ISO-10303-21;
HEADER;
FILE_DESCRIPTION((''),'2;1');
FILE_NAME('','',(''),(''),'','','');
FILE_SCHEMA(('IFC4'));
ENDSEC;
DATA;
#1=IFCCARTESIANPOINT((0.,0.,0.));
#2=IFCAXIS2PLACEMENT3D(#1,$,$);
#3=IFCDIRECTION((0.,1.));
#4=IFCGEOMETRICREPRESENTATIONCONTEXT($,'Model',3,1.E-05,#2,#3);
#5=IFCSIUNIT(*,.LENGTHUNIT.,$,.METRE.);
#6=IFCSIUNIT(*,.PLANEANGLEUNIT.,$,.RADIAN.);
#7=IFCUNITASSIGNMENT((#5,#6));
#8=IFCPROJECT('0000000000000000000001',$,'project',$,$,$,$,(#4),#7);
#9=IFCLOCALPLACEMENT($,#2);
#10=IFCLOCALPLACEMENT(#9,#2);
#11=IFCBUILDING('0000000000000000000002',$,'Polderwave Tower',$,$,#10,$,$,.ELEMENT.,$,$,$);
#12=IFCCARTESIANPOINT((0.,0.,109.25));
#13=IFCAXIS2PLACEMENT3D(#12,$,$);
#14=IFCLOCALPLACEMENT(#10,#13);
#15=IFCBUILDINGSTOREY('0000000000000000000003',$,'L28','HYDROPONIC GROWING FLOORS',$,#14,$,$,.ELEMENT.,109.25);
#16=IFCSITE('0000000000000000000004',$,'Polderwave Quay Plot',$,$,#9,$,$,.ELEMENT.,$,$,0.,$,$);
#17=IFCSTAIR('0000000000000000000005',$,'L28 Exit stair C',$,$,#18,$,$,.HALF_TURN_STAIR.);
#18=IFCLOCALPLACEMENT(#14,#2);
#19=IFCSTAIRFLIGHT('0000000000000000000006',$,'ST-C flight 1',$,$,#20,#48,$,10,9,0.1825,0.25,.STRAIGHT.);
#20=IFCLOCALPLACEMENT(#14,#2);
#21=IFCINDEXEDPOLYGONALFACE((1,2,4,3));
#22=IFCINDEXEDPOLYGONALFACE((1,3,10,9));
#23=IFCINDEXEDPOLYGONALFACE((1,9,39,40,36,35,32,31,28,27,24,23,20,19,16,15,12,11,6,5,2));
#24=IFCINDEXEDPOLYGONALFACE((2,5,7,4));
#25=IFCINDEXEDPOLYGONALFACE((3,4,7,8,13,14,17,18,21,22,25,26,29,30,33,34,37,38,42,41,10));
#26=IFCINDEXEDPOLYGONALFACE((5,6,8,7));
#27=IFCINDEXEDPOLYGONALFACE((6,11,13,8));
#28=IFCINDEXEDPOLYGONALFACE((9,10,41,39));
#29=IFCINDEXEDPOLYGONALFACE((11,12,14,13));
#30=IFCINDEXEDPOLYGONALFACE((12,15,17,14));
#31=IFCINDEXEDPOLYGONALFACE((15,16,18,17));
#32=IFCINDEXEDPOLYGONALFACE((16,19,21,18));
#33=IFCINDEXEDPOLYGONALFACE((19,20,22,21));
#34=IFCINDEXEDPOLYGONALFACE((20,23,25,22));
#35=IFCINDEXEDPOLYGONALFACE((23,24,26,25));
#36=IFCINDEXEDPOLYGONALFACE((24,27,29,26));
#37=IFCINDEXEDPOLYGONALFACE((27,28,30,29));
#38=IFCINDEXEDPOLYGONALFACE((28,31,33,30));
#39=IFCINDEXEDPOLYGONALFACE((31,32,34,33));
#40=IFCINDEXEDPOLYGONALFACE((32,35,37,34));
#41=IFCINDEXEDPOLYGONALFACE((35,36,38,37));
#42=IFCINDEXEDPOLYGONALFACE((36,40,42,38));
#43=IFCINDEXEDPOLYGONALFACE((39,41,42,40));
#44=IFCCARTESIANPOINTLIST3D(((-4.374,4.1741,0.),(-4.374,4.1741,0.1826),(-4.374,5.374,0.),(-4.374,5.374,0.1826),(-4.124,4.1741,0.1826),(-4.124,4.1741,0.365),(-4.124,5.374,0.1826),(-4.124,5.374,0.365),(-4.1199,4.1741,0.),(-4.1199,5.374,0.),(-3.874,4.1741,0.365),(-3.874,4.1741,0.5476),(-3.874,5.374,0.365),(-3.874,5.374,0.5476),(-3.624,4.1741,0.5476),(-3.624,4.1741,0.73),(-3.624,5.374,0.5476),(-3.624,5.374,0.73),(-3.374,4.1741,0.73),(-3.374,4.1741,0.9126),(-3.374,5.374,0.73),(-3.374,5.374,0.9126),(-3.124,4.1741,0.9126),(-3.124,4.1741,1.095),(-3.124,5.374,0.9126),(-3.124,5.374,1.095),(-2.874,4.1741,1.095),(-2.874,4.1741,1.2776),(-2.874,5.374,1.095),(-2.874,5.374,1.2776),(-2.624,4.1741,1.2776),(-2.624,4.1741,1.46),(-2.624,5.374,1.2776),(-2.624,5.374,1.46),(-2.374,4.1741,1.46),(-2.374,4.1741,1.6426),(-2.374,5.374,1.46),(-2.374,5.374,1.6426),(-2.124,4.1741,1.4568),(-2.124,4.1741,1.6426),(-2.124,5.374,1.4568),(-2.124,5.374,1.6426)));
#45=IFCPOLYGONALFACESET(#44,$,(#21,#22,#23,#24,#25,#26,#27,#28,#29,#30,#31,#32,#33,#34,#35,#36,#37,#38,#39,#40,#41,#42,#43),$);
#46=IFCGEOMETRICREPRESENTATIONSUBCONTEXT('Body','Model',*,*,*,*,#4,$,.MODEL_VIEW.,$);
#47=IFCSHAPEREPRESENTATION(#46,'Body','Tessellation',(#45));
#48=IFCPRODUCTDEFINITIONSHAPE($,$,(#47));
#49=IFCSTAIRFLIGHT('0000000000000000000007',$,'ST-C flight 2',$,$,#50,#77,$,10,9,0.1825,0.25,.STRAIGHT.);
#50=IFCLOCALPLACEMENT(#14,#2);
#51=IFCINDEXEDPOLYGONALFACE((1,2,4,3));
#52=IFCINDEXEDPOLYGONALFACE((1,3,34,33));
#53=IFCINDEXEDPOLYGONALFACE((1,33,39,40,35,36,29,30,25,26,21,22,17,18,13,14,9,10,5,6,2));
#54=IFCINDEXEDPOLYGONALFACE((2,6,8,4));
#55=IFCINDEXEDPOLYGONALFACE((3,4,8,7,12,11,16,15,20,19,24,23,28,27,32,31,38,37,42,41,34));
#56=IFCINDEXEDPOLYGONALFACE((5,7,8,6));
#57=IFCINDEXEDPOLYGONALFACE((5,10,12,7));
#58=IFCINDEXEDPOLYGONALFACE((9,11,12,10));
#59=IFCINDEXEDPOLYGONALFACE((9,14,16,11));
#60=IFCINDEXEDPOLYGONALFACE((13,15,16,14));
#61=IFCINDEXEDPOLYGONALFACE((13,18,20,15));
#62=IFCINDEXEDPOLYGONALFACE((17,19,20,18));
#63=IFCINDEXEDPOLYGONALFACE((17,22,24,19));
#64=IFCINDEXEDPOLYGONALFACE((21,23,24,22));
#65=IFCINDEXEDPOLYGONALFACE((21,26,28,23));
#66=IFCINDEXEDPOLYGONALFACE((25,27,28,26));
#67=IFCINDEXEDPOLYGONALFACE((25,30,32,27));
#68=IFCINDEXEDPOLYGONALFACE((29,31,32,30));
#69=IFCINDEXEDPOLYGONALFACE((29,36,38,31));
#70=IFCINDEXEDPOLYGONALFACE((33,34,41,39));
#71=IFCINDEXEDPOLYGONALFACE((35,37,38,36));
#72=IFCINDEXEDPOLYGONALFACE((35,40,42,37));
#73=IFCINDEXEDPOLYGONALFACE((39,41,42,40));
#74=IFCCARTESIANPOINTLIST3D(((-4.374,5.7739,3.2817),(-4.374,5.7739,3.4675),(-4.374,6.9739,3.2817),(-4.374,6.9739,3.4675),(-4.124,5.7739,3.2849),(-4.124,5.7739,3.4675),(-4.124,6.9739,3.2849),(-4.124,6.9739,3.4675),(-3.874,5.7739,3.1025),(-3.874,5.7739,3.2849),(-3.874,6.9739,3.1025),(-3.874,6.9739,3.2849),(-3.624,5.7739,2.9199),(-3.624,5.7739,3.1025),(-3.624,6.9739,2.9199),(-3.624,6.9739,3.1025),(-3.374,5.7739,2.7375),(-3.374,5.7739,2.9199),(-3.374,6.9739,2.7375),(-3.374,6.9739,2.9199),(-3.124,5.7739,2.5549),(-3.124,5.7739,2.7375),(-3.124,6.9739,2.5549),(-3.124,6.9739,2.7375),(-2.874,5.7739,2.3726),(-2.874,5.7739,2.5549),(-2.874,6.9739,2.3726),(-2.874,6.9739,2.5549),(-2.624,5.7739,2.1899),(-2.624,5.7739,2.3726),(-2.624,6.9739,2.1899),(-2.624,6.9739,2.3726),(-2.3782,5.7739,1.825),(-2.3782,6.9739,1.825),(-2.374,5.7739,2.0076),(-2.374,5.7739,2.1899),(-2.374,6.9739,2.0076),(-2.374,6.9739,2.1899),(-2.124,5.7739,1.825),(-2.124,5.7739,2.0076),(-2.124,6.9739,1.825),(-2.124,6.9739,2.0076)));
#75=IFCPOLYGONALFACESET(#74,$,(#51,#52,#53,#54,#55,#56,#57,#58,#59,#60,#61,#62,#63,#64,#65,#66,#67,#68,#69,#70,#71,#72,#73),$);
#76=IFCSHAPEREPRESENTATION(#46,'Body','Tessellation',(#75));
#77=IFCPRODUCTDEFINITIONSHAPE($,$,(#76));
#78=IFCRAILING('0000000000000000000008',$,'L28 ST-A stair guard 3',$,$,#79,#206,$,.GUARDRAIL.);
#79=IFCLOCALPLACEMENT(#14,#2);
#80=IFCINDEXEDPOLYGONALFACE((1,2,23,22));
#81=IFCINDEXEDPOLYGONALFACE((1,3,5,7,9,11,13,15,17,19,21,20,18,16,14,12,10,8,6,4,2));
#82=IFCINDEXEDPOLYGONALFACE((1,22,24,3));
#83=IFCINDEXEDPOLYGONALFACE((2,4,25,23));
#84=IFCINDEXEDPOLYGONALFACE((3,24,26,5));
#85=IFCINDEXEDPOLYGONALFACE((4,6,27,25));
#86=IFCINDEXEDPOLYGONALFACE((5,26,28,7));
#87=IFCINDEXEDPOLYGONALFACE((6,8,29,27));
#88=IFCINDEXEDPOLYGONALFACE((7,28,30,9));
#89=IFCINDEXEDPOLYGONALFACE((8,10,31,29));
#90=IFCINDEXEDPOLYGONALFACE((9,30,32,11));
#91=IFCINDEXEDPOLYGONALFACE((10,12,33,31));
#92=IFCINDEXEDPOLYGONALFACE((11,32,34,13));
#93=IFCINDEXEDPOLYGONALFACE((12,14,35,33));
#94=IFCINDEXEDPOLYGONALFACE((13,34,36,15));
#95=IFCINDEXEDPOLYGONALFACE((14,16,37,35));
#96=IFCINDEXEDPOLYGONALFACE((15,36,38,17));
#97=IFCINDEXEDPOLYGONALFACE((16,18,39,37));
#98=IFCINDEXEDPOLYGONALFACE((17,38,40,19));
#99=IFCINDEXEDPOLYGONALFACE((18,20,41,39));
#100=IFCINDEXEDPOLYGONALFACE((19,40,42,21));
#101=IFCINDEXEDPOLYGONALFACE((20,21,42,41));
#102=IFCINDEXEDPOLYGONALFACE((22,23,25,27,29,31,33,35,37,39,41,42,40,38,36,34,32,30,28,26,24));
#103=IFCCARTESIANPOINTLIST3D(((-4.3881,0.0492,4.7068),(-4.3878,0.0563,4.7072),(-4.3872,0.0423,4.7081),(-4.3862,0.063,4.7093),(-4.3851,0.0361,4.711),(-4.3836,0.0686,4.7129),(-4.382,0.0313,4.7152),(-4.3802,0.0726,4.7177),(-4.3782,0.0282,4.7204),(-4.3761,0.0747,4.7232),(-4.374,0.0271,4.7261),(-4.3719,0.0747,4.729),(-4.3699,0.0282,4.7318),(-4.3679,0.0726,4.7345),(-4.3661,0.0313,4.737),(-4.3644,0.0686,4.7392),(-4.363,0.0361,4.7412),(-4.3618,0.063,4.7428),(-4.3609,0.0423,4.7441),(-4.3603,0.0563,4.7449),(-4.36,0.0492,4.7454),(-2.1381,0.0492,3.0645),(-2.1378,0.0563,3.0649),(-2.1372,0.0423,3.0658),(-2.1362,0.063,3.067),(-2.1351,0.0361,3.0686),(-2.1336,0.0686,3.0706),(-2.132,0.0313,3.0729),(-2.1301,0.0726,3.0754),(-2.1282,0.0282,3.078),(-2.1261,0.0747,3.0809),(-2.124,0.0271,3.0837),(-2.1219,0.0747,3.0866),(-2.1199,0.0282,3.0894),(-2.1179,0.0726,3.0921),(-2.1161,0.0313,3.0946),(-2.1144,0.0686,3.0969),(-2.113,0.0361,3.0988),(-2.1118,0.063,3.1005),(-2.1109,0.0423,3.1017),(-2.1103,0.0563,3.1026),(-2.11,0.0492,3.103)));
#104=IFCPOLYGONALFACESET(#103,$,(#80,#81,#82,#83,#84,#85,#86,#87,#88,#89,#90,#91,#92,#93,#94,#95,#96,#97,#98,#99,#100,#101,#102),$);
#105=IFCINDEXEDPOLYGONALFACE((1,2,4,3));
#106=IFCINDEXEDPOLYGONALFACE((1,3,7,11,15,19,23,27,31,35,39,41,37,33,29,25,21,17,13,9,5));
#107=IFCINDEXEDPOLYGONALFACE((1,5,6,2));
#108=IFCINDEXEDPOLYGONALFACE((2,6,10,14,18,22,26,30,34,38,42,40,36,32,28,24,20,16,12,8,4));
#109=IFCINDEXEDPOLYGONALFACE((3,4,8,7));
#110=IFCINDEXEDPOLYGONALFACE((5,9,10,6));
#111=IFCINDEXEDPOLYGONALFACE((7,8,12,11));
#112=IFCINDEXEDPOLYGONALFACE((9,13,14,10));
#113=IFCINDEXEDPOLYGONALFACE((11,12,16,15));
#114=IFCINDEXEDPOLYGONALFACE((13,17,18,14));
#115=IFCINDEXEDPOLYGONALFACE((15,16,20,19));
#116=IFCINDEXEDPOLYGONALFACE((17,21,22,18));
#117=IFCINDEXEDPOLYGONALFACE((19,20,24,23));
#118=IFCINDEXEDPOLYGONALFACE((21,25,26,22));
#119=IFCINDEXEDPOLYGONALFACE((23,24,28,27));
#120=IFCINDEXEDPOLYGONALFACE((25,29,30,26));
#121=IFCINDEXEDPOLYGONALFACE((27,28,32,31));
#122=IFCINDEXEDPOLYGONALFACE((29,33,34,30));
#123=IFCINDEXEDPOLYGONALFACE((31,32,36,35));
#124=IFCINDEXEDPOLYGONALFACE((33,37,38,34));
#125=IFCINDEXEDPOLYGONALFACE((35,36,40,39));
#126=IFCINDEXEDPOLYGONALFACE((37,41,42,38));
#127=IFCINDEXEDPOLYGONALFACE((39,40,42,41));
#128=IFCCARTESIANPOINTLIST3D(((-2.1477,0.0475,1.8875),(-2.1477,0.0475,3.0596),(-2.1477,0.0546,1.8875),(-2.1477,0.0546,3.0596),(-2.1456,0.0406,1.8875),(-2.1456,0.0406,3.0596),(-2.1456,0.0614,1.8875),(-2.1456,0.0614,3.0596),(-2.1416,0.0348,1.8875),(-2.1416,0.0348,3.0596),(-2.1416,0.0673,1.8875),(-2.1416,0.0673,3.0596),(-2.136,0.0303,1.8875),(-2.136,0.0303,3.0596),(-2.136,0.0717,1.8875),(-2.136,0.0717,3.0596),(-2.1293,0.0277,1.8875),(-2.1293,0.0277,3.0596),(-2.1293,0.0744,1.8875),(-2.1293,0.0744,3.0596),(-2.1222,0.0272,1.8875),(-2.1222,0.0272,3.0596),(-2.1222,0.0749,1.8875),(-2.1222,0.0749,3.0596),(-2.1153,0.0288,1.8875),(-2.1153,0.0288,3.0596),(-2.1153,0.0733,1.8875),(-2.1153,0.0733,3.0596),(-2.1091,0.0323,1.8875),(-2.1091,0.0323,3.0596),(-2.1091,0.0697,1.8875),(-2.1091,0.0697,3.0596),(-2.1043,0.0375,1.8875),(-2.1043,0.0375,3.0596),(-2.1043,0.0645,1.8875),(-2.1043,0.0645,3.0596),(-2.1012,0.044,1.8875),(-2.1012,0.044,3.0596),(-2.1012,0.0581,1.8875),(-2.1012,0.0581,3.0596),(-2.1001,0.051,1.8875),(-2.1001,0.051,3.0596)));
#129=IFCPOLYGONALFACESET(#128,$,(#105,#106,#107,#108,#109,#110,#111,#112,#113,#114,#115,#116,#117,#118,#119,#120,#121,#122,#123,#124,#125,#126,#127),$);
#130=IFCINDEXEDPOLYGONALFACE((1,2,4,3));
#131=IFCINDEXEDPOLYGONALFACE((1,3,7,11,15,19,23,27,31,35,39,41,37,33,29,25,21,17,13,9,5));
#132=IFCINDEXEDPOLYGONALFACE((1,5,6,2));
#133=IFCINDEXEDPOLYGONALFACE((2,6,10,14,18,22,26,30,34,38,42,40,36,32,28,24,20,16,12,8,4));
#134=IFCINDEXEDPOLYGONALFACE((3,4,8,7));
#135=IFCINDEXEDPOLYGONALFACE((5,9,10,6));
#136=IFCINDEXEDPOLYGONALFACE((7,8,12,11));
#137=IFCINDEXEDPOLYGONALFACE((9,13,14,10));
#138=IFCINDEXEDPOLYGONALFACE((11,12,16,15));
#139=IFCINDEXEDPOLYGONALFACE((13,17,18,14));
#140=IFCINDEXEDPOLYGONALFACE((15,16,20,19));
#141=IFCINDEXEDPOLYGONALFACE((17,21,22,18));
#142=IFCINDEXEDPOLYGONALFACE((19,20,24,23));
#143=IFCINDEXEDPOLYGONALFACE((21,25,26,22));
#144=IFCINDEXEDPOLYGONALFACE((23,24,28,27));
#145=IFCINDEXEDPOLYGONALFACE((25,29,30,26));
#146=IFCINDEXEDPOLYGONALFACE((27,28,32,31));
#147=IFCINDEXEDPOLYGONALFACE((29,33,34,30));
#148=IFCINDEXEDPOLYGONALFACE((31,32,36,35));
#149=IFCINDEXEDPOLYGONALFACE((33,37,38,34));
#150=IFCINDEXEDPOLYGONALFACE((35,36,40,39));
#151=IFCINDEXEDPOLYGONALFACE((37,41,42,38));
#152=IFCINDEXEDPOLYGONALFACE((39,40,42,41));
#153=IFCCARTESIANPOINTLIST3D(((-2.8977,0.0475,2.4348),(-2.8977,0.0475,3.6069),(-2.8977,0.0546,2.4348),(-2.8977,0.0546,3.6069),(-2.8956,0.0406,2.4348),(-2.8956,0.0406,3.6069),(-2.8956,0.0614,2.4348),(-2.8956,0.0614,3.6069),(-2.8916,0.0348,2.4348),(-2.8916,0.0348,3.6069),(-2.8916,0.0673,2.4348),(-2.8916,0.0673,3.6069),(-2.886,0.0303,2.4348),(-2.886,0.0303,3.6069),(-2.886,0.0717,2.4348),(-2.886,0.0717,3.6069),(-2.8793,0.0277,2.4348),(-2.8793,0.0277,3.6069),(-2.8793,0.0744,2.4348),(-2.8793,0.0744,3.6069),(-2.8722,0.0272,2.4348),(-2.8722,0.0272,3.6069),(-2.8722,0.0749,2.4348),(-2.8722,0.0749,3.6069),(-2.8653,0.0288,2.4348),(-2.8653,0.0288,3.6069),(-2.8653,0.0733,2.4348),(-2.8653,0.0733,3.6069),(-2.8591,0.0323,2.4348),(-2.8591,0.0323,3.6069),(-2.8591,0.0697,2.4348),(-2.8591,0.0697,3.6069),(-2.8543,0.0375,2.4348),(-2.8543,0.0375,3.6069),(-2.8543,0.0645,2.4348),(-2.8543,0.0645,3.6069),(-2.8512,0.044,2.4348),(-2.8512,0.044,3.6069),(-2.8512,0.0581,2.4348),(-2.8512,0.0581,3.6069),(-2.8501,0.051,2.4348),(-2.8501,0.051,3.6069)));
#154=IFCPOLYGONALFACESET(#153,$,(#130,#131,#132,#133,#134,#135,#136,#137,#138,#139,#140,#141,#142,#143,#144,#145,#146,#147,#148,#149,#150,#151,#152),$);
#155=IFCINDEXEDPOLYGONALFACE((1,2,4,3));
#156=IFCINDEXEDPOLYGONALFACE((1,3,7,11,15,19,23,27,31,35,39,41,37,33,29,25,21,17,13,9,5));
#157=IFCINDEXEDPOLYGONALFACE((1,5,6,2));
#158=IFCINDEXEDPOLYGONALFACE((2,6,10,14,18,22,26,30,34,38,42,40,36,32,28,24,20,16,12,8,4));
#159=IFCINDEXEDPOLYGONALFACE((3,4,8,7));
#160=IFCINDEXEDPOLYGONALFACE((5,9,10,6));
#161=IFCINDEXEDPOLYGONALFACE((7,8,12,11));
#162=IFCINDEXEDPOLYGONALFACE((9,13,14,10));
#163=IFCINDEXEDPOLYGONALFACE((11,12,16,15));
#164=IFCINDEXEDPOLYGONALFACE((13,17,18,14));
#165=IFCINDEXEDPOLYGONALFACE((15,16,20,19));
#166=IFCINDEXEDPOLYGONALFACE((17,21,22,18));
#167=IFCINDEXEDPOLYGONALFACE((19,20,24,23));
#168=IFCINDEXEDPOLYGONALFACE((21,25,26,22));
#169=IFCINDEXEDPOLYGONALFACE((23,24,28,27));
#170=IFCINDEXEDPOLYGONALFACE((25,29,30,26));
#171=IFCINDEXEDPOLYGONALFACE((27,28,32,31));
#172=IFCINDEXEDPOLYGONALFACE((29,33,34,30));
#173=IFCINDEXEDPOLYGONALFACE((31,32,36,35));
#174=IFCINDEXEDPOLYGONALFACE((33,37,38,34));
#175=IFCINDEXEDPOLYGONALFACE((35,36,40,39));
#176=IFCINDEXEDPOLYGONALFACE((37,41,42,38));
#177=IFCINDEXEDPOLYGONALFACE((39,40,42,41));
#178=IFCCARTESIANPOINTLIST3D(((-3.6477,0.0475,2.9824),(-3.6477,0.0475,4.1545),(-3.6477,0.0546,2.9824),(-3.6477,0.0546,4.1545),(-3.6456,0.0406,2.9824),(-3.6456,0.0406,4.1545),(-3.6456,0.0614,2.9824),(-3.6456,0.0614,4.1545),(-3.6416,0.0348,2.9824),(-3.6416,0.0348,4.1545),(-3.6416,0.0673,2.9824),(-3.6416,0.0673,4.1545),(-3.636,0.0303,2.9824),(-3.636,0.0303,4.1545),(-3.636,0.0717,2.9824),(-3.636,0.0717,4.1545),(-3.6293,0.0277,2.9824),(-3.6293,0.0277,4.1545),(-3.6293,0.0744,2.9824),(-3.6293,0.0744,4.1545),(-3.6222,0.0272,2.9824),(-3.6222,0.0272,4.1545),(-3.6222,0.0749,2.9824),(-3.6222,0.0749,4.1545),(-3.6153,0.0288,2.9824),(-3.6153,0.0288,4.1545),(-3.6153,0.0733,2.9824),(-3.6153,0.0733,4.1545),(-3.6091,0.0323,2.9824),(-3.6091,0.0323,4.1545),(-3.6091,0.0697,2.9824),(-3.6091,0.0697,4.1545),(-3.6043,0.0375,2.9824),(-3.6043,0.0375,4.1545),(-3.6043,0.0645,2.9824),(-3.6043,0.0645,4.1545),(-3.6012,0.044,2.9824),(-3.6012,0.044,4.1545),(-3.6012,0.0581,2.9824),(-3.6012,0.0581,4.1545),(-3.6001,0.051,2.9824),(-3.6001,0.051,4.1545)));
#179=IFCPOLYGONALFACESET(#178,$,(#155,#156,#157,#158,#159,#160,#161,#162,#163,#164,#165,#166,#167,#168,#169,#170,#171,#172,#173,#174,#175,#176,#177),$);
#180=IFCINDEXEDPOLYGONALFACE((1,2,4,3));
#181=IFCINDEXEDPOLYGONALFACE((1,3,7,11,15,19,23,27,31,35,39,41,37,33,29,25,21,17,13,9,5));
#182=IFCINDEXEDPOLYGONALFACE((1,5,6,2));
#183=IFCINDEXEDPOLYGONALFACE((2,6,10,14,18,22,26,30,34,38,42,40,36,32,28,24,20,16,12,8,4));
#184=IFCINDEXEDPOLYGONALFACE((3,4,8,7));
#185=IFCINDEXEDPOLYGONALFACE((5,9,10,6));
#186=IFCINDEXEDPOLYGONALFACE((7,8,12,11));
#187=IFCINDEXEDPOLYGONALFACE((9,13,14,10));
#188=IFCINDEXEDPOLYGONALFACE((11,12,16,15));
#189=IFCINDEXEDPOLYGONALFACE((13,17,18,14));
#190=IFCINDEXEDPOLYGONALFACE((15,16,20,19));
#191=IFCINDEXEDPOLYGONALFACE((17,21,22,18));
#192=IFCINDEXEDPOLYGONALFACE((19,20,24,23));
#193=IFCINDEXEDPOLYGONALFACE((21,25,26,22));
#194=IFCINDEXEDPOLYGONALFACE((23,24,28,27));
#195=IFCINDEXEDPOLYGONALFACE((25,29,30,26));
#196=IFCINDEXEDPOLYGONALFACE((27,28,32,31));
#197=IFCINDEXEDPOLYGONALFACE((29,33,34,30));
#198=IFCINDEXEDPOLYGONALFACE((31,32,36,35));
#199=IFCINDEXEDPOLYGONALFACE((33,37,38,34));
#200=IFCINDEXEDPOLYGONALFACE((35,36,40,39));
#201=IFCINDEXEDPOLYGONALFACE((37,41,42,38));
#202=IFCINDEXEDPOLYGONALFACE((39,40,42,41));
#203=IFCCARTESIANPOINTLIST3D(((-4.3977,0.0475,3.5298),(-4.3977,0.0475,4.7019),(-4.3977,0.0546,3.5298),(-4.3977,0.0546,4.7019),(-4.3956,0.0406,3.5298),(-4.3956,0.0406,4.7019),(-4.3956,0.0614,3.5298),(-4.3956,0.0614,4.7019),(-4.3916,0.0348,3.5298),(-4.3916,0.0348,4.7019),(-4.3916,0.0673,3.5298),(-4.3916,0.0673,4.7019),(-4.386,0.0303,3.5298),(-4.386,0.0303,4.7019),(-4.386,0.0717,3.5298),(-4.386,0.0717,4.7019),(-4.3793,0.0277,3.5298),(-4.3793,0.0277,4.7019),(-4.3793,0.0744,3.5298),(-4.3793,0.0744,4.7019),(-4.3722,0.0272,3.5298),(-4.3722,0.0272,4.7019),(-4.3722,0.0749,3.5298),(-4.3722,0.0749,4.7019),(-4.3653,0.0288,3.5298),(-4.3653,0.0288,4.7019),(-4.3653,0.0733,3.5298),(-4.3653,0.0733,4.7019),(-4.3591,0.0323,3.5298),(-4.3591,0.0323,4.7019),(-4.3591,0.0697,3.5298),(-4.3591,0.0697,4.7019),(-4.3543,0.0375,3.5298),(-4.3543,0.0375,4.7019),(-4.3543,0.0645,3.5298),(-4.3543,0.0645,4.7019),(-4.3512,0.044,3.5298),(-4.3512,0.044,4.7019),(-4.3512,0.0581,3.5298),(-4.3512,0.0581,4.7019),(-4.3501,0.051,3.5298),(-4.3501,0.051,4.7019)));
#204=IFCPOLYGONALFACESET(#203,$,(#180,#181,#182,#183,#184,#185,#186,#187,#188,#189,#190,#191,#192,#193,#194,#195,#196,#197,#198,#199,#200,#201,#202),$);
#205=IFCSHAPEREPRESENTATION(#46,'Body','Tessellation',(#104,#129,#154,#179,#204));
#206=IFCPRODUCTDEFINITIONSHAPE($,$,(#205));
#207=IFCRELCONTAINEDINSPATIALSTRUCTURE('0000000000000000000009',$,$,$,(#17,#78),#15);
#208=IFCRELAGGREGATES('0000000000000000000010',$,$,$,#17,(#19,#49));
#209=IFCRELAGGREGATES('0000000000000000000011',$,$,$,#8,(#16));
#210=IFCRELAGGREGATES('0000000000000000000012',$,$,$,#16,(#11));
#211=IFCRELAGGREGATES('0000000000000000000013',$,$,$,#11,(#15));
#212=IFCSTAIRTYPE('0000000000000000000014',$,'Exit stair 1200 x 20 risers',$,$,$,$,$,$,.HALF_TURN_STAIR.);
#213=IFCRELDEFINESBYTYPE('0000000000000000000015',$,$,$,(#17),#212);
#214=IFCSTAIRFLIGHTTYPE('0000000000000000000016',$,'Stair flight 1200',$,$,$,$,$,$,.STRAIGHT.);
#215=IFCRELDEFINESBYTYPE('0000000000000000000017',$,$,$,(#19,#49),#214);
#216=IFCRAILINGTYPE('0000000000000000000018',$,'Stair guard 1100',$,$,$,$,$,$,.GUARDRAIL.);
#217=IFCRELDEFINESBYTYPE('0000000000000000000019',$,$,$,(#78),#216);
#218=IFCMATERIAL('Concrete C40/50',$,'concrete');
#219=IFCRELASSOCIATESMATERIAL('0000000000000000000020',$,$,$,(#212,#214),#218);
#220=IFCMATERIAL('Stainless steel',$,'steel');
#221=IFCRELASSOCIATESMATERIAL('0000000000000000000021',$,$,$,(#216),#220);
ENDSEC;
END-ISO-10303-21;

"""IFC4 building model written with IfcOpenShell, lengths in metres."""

from ifc_helpers import new_model, si_unit, direction, frame, origin, origin_2d, place, context, subcontext, project, spatial, polyline, circle, outline, extrude, material, type_object, element, aggregate, save


model = new_model("IFC4")

# Units and contexts
model_context = context("Model", 3, precision=1e-05, world=origin(), true_north=direction((0.0, 1.0)))
body_context = subcontext(model_context, "Body", "Model", "MODEL_VIEW")
ifc_project = project(units=[si_unit("LENGTHUNIT", "METRE"), si_unit("PLANEANGLEUNIT", "RADIAN")], contexts=[model_context])

# Site, building, storey
site_placement = place(None, origin())
site = spatial("IfcSite", under=ifc_project, at=site_placement, Name="Polderwave Quay Plot", CompositionType="ELEMENT", RefElevation=0.0)
building_placement = place(site_placement, origin())
building = spatial("IfcBuilding", under=site, at=building_placement, Name="Polderwave Tower", CompositionType="ELEMENT")
storey_placement = place(building_placement, frame((0.0, 0.0, 109.25)))
storey = spatial("IfcBuildingStorey", under=building, at=storey_placement, Name="L28", Description="HYDROPONIC GROWING FLOORS", CompositionType="ELEMENT", Elevation=109.25)

# Shared definitions
ifc_material_1 = material(Name="Concrete C40/50", Category="concrete")
stair_type = type_object("IfcStairType", Name="Exit stair 1200 x 20 risers", PredefinedType="HALF_TURN_STAIR", material=ifc_material_1)
stair_flight_type = type_object("IfcStairFlightType", Name="Stair flight 1200", PredefinedType="STRAIGHT", material=ifc_material_1)

# Stair, stair flights
stair_1_placement = place(storey_placement, origin())
stair_1 = element("IfcStair", 1, at=stair_1_placement, inside=storey, type_object=stair_type, Name="L28 Exit stair C", PredefinedType="HALF_TURN_STAIR")
stair_flight_1_placement = place(storey_placement, frame((-4.374, 4.7739, 0.0), z_axis=(0.0, 0.0, 1.0), x_axis=(1.0, 0.0, 0.0)))
stair_flight_1 = element("IfcStairFlight", 2, at=stair_flight_1_placement, type_object=stair_flight_type, Name="ST-C flight 1", NumberOfRisers=10, NumberOfTreads=9, PredefinedType="STRAIGHT", RiserHeight=0.1825, TreadLength=0.25, context=body_context, shape_type="SweptSolid", body=[
    extrude(outline(polyline([(0.0, 0.0), (0.0, 0.1826), (0.25, 0.1826), (0.25, 0.365), (0.5, 0.365), (0.5, 0.5476), (0.75, 0.5476), (0.75, 0.73), (1.0, 0.73), (1.0, 0.9126), (1.25, 0.9126), (1.25, 1.095), (1.5, 1.095), (1.5, 1.2776), (1.75, 1.2776), (1.75, 1.46), (2.0, 1.46), (2.0, 1.6426), (2.25, 1.6426), (2.25, 1.825), (2.25, 1.4568), (0.2542, 0.0), (0.0, 0.0)])), frame((0.0, 0.6001, 0.0), z_axis=(0.0, -1.0, 0.0), x_axis=(1.0, 0.0, 0.0)), (0.0, 0.0, 1.0), 1.2),
])
stair_flight_2_placement = place(storey_placement, frame((-2.124, 6.374, 1.825), z_axis=(0.0, 0.0, 1.0), x_axis=(-1.0, 0.0, 0.0)))
stair_flight_2 = element("IfcStairFlight", 3, at=stair_flight_2_placement, type_object=stair_flight_type, Name="ST-C flight 2", NumberOfRisers=10, NumberOfTreads=9, PredefinedType="STRAIGHT", RiserHeight=0.1825, TreadLength=0.25, context=body_context, shape_type="SweptSolid", body=[
    extrude(outline(polyline([(0.0, 0.0), (0.0, 0.1826), (0.25, 0.1826), (0.25, 0.365), (0.5, 0.365), (0.5, 0.5476), (0.75, 0.5476), (0.75, 0.73), (1.0, 0.73), (1.0, 0.9126), (1.25, 0.9126), (1.25, 1.095), (1.5, 1.095), (1.5, 1.2776), (1.75, 1.2776), (1.75, 1.46), (2.0, 1.46), (2.0, 1.6426), (2.25, 1.6426), (2.25, 1.825), (2.25, 1.4568), (0.2542, 0.0), (0.0, 0.0)])), frame((0.0, 0.6001, 0.0), z_axis=(0.0, -1.0, 0.0), x_axis=(1.0, 0.0, 0.0)), (0.0, 0.0, 1.0), 1.2),
])
aggregate(stair_1, [stair_flight_1, stair_flight_2])

# Railing
ifc_material_2 = material(Name="Stainless steel", Category="steel")
railing_type_1 = type_object("IfcRailingType", Name="Stair guard 1100", PredefinedType="GUARDRAIL", material=ifc_material_2)
railing_1_placement = place(storey_placement, frame((-2.124, 0.051, 1.8875)))
element("IfcRailing", 4, at=railing_1_placement, inside=storey, type_object=railing_type_1, Name="L28 ST-A stair guard 3", PredefinedType="GUARDRAIL", context=body_context, shape_type="SweptSolid", body=[
    extrude(circle(Radius=0.0239, at=origin_2d()), frame((0.0, 0.0, 1.1963), z_axis=(-0.807715, 0.0, 0.589573), x_axis=(0.0, -1.0, 0.0)), (0.0, 0.0, 1.0), 2.7856),
    extrude(circle(Radius=0.0239, at=origin_2d()), origin(), (0.0, 0.0, 1.0), 1.1721),
    extrude(circle(Radius=0.0239, at=origin_2d()), frame((-0.75, 0.0, 0.5474)), (0.0, 0.0, 1.0), 1.1721),
    extrude(circle(Radius=0.0239, at=origin_2d()), frame((-1.5, 0.0, 1.095)), (0.0, 0.0, 1.0), 1.1721),
    extrude(circle(Radius=0.0239, at=origin_2d()), frame((-2.25, 0.0, 1.6423)), (0.0, 0.0, 1.0), 1.1721),
])

save(model, "model.ifc")
